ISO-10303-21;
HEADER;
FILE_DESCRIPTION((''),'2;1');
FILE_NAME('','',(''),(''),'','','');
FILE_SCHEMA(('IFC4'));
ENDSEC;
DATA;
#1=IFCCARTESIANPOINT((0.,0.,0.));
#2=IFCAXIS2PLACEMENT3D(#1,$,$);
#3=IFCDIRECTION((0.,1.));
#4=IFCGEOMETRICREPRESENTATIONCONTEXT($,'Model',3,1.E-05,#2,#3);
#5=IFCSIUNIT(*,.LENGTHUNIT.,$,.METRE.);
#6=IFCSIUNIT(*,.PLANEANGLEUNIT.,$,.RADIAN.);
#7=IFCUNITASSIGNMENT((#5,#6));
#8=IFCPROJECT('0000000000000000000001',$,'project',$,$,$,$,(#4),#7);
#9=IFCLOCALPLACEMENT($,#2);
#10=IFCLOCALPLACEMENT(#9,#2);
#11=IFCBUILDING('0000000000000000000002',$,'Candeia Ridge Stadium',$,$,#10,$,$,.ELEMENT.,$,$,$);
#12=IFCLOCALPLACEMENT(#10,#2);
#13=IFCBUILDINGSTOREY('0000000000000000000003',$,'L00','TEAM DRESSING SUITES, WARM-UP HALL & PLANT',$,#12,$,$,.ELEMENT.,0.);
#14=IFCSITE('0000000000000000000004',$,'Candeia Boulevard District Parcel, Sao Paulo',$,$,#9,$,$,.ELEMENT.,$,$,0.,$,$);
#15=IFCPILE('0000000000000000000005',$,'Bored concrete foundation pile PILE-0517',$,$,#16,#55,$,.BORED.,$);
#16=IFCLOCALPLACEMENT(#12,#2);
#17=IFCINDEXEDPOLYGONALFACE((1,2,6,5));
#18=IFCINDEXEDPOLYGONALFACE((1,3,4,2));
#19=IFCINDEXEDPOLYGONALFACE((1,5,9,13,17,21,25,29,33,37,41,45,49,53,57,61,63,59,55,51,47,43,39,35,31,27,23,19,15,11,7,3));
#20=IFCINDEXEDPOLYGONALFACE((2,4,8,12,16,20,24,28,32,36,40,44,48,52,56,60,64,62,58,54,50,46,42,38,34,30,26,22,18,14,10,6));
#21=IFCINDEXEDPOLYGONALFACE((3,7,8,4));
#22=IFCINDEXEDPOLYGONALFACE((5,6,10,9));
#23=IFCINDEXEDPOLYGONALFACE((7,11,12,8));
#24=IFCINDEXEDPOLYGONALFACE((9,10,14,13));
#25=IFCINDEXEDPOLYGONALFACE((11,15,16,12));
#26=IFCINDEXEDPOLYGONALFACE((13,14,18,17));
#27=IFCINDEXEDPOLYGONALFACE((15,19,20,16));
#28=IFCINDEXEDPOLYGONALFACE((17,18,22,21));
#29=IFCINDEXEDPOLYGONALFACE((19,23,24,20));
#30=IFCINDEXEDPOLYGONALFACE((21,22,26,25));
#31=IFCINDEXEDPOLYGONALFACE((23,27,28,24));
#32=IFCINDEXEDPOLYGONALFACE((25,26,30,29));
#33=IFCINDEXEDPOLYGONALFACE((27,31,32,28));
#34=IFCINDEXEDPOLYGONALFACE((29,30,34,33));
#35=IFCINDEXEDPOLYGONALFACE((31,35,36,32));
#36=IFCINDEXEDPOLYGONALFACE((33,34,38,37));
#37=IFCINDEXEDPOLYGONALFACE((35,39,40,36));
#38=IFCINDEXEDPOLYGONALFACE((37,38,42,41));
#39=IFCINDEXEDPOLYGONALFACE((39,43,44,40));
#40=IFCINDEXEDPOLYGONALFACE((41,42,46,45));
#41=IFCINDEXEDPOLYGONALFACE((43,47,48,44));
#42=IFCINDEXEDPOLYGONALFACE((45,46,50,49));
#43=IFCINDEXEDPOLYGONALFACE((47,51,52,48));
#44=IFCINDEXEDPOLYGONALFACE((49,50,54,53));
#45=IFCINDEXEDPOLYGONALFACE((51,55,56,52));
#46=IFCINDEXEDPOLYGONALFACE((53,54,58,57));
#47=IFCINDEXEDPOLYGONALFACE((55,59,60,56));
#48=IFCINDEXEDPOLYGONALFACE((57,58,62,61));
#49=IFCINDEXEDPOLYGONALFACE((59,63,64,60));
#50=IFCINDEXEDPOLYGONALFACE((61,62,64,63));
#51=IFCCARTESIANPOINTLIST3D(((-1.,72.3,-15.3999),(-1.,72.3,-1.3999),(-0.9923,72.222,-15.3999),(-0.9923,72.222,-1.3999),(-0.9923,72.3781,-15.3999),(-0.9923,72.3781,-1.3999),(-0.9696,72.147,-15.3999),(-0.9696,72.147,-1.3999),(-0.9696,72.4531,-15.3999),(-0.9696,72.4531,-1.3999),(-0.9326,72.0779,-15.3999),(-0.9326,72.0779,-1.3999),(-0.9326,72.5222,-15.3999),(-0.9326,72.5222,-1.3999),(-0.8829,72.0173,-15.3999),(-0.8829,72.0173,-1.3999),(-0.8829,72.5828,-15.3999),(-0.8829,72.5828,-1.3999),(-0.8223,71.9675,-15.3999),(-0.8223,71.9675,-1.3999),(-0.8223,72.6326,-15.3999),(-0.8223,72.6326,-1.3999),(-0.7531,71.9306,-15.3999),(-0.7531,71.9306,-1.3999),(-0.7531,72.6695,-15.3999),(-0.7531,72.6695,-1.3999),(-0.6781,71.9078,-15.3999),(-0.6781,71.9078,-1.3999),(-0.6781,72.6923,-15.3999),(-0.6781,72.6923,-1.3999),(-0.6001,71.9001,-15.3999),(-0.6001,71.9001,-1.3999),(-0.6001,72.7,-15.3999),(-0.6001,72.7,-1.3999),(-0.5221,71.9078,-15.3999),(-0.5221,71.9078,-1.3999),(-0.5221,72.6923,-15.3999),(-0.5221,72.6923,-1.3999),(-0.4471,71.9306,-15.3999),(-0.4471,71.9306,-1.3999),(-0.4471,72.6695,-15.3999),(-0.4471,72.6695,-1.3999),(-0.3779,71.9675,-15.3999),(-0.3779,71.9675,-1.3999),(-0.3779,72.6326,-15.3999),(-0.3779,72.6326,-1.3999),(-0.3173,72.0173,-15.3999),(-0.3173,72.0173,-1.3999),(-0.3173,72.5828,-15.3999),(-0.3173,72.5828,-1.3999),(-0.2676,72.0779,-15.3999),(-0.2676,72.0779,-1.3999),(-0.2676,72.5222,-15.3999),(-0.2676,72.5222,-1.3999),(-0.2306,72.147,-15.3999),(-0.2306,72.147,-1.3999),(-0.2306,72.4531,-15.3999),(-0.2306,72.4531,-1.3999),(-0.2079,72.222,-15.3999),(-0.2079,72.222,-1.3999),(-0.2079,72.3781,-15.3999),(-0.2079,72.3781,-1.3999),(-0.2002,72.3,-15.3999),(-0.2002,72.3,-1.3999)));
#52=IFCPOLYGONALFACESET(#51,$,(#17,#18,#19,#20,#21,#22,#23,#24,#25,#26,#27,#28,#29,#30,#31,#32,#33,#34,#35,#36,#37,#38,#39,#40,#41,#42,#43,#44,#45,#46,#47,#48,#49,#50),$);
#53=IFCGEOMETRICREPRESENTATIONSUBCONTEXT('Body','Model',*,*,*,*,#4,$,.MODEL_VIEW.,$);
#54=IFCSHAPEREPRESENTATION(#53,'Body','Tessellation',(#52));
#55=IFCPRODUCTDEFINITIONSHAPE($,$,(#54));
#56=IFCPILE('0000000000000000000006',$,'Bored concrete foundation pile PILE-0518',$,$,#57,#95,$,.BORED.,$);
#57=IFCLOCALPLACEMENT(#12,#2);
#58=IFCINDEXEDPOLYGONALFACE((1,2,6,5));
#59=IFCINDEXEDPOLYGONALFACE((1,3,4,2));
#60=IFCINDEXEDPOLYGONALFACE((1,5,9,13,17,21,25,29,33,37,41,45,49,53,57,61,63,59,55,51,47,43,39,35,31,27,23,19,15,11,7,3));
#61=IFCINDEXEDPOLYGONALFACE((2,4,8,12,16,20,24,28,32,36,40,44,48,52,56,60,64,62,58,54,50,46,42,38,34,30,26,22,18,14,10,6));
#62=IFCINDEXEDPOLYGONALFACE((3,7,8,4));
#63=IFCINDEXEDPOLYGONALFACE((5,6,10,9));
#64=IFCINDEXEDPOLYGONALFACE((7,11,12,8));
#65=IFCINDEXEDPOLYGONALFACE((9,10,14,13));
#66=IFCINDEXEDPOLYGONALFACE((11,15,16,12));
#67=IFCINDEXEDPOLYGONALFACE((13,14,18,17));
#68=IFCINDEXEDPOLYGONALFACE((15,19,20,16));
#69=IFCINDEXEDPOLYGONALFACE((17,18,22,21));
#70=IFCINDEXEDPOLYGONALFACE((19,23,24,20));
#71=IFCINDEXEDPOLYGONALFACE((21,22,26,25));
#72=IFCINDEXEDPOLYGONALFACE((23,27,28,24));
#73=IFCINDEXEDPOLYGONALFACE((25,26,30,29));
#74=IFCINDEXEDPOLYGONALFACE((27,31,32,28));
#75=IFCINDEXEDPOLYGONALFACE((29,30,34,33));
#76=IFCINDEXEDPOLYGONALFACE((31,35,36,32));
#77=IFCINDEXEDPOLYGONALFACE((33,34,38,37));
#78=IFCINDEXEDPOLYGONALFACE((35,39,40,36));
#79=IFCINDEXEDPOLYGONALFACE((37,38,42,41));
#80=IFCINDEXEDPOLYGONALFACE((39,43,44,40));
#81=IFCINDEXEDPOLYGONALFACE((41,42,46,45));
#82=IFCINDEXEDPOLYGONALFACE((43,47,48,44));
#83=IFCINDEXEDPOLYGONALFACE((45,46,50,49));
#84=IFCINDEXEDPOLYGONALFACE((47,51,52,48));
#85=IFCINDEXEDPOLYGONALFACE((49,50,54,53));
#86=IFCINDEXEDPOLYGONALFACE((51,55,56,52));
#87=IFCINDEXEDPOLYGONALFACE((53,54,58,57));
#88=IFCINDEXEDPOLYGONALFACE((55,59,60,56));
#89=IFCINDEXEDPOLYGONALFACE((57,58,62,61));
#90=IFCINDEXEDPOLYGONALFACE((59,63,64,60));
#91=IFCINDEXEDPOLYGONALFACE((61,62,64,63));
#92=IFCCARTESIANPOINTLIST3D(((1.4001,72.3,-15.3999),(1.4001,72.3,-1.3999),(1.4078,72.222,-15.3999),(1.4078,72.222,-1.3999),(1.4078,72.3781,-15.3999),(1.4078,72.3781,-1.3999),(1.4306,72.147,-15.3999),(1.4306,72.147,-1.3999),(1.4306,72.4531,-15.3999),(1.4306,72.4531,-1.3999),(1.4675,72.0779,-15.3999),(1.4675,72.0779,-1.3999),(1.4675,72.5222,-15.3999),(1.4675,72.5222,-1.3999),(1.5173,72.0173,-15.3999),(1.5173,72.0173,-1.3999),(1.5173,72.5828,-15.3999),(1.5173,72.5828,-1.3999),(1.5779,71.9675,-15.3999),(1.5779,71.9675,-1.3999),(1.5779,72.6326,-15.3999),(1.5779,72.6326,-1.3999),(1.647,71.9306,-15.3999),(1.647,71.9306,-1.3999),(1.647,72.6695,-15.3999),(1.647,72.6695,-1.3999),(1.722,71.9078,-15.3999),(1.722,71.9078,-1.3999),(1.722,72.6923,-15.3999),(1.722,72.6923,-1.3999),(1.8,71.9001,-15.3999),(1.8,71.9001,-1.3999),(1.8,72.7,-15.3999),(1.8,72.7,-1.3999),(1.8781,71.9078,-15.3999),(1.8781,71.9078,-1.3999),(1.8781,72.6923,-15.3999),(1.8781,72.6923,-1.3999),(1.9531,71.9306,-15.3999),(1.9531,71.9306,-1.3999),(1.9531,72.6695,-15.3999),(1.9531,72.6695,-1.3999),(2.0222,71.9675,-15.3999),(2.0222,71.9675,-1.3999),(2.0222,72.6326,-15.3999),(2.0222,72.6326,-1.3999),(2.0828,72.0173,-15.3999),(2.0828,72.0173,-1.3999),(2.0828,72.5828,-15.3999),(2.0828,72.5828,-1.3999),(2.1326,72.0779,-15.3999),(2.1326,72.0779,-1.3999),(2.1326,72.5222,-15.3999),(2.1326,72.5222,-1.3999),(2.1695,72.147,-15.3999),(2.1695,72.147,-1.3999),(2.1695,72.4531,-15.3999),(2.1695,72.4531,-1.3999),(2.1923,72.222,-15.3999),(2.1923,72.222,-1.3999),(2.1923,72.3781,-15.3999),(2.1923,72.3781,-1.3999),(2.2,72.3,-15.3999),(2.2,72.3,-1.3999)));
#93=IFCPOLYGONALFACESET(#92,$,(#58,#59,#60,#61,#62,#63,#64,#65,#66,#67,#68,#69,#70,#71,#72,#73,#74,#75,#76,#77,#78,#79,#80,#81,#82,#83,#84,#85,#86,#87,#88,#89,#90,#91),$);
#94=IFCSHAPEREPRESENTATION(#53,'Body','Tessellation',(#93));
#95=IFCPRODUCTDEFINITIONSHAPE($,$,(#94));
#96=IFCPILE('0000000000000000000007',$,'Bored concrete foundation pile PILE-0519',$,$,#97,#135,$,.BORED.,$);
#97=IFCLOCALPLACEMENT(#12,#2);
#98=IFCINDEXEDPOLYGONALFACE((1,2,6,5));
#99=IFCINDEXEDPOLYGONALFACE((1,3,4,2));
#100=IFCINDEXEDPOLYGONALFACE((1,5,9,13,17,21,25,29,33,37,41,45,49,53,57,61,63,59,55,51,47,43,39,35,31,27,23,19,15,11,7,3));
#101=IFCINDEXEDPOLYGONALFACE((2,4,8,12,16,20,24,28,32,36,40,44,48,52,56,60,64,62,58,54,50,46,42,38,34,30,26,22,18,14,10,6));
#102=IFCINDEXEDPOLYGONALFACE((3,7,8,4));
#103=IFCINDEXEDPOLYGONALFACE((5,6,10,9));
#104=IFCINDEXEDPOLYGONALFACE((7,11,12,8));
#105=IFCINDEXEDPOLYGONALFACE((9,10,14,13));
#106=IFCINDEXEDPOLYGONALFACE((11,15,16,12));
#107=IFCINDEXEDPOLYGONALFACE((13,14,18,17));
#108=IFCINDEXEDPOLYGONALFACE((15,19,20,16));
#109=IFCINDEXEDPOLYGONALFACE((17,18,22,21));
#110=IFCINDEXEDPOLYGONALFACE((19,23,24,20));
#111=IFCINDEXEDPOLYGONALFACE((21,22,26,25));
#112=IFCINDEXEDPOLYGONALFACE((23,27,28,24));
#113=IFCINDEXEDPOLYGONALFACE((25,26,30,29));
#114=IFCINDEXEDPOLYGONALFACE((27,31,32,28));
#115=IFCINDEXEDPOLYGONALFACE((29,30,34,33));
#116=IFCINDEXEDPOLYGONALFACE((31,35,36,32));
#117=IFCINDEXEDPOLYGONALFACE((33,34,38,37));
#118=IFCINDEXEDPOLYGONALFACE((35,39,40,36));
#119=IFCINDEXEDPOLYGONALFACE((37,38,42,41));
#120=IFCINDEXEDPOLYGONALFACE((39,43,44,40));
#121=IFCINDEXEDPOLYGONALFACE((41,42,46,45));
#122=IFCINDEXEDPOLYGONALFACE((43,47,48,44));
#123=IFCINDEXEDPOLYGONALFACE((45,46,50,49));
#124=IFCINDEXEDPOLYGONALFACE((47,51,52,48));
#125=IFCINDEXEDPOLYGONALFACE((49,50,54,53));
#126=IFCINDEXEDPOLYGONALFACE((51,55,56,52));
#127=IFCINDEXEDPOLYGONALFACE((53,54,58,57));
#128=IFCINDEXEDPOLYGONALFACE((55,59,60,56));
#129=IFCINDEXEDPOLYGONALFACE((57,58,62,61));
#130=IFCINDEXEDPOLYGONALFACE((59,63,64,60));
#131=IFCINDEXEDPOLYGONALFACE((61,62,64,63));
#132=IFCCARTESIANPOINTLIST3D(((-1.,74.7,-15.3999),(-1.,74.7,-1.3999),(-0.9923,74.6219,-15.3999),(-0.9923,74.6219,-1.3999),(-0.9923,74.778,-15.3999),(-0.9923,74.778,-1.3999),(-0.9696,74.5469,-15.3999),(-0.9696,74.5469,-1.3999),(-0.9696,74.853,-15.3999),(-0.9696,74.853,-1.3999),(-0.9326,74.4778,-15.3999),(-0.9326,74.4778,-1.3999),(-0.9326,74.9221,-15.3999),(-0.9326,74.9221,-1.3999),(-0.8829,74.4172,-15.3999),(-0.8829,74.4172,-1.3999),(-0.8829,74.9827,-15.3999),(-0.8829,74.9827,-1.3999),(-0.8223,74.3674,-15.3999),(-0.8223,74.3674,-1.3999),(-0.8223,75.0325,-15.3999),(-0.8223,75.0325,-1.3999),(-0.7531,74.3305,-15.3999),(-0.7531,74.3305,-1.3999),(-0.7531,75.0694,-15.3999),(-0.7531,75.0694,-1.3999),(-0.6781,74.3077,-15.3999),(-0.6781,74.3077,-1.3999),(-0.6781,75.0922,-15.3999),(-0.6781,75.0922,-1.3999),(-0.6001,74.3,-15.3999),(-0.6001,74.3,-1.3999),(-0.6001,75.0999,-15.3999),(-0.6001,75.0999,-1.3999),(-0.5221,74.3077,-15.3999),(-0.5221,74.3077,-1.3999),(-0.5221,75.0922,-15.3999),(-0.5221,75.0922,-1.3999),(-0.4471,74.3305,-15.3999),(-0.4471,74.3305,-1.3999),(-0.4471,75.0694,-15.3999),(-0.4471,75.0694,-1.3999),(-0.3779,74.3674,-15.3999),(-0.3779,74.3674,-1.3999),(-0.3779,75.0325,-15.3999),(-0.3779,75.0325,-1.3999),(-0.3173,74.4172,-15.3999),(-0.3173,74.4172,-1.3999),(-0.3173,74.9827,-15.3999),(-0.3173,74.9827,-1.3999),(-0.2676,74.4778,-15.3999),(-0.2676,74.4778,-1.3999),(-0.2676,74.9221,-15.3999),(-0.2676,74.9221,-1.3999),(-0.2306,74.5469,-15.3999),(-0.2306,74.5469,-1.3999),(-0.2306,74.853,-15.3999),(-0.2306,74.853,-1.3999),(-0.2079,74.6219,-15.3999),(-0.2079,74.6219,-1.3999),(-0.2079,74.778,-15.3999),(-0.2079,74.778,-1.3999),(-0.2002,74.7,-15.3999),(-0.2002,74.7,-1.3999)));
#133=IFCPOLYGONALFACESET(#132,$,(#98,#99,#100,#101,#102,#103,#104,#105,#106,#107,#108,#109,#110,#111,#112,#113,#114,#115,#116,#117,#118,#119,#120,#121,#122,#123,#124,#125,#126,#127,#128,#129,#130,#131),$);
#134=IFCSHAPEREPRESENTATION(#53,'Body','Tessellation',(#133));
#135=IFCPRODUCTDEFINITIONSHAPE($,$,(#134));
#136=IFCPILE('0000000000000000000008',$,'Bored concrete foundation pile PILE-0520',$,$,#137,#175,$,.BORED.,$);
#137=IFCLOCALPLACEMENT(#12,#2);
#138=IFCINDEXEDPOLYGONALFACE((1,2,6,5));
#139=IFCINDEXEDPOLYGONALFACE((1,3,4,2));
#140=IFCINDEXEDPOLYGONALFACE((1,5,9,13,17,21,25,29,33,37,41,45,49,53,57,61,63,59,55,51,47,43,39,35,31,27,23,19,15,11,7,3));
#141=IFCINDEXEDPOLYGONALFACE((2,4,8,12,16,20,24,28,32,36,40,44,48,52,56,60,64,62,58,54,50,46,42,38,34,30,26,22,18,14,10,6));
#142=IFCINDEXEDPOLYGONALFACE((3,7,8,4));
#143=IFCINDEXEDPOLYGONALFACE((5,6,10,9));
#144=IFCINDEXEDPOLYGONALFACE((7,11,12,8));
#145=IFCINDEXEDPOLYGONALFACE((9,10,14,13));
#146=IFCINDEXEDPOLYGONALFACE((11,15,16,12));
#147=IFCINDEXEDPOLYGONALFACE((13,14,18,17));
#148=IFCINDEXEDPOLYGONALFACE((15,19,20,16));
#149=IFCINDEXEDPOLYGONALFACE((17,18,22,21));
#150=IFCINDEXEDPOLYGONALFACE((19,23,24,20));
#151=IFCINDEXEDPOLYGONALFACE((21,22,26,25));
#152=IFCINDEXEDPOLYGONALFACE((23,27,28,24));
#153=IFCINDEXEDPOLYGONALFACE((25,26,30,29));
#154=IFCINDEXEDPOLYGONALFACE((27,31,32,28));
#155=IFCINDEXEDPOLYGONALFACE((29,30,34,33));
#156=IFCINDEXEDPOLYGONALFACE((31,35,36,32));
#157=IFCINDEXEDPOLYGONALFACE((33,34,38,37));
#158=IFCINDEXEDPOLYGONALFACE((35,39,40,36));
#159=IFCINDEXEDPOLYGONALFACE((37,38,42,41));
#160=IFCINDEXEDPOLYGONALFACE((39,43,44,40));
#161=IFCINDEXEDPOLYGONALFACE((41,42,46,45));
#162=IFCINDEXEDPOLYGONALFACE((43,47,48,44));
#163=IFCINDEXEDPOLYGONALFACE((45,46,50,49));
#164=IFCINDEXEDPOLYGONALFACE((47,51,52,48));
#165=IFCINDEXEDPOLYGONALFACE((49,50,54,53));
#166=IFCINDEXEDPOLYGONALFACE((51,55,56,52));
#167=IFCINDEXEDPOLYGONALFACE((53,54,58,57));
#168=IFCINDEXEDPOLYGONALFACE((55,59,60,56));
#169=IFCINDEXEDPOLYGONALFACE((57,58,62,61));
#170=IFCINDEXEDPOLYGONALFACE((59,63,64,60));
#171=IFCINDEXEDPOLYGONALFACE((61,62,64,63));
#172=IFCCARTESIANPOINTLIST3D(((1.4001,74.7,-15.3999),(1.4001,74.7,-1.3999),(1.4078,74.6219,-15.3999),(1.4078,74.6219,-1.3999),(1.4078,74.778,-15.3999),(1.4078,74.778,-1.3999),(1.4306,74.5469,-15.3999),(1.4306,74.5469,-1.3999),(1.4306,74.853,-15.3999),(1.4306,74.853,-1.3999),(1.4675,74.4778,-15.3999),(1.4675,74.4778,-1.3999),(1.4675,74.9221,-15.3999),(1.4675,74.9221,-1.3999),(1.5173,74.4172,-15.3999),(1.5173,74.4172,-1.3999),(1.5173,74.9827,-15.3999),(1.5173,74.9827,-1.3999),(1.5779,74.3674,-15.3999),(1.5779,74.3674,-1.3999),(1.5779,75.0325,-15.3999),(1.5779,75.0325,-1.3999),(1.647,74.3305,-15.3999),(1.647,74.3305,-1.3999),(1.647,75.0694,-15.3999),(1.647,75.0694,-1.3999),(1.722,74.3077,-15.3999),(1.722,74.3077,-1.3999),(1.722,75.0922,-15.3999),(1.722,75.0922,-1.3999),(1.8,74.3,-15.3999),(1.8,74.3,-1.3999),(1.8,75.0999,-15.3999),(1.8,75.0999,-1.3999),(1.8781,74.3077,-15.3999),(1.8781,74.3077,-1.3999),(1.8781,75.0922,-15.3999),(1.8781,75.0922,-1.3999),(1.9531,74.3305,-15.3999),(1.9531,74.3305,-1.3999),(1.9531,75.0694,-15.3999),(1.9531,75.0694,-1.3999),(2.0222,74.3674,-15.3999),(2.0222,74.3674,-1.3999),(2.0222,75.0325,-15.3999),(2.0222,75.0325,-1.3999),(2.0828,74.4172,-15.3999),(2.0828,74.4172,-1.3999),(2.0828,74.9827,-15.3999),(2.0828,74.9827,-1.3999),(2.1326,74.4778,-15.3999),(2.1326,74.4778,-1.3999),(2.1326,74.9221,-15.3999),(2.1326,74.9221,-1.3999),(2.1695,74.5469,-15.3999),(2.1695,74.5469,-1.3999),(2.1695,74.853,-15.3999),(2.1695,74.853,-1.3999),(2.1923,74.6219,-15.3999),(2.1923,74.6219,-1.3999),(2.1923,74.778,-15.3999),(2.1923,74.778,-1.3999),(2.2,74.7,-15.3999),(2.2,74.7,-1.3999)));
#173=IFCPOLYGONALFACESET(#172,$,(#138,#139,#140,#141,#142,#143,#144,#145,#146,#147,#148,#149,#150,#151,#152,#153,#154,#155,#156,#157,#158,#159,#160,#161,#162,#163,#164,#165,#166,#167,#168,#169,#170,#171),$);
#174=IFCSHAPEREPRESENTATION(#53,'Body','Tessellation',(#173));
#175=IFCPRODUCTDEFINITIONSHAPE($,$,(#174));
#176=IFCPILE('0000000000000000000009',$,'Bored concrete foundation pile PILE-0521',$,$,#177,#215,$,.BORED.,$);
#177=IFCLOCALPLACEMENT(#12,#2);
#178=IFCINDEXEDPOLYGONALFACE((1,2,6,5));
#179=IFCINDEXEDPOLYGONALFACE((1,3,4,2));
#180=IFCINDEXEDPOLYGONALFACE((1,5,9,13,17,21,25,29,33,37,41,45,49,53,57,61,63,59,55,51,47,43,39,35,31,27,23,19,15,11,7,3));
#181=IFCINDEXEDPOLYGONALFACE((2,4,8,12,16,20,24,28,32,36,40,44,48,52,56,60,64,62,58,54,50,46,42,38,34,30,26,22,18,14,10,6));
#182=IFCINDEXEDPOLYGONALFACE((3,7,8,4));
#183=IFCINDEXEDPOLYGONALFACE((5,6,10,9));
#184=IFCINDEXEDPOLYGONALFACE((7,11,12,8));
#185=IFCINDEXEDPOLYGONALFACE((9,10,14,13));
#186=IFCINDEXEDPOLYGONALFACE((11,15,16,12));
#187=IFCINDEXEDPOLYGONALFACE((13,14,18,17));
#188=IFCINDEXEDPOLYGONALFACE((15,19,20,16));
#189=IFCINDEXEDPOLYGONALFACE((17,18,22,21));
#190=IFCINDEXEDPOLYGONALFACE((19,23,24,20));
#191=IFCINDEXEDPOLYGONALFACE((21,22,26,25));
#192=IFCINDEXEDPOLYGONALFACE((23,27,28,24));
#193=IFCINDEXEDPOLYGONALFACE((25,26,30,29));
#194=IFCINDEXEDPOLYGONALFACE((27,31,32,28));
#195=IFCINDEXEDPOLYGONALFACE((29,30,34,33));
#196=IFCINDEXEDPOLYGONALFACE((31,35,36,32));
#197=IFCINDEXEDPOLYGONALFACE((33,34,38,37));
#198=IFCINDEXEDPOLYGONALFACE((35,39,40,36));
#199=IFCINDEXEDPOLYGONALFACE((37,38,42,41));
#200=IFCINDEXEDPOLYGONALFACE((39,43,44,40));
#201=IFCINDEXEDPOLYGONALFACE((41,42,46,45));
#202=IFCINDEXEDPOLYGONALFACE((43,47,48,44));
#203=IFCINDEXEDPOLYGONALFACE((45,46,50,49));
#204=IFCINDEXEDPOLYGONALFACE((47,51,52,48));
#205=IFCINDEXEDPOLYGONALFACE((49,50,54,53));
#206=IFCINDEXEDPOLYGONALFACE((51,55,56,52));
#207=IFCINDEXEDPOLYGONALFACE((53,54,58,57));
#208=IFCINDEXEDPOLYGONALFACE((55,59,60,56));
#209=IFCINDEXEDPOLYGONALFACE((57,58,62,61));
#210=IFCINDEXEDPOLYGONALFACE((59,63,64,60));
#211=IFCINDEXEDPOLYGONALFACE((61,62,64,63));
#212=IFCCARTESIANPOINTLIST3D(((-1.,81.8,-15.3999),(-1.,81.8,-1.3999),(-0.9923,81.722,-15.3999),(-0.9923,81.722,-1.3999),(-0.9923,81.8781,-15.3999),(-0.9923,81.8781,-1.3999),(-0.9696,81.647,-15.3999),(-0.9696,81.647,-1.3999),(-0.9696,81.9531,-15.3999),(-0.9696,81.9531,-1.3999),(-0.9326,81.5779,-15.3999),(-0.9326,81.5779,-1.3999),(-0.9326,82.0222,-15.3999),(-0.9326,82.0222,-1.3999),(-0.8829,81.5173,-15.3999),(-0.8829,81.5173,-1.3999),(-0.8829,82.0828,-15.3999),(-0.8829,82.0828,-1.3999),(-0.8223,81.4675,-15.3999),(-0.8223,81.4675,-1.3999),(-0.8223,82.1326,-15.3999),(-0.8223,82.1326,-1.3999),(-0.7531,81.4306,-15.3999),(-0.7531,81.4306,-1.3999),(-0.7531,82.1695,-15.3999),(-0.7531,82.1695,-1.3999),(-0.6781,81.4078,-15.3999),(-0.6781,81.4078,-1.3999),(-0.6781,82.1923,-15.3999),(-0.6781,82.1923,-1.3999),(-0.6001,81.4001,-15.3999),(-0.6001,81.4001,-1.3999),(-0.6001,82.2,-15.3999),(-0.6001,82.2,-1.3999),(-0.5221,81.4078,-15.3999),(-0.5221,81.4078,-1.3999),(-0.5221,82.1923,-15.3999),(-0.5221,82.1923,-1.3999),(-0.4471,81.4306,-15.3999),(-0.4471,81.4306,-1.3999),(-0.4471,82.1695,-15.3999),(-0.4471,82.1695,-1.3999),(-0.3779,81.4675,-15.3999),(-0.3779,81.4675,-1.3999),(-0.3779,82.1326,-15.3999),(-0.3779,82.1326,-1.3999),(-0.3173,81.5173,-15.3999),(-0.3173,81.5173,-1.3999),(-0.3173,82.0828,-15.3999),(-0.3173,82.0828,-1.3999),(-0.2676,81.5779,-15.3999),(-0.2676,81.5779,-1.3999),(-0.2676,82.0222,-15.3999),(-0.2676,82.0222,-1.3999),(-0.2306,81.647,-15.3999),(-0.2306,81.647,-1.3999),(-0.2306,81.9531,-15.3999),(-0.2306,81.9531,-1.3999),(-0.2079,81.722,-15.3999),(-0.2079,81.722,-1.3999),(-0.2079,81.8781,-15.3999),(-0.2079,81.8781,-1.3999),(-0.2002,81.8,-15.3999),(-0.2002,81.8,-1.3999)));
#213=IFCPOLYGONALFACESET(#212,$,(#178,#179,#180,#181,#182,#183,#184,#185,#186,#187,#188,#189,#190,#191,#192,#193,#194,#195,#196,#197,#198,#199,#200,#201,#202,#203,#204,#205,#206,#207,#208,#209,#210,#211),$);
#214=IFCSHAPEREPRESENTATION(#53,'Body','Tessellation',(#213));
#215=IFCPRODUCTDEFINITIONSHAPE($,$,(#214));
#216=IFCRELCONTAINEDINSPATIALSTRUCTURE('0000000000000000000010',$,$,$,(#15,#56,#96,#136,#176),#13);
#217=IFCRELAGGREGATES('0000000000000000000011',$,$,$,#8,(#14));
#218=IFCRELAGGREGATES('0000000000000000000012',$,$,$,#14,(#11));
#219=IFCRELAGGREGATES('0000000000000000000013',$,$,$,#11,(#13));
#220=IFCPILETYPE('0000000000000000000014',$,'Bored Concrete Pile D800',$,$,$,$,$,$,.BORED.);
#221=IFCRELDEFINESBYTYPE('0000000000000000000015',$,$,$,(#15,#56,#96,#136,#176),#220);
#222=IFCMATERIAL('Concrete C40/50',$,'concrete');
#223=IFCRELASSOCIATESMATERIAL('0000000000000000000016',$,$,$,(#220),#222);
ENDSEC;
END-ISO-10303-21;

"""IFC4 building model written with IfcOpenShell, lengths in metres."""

from ifc_helpers import new_model, si_unit, direction, frame, origin, origin_2d, place, context, subcontext, project, spatial, circle, extrude, material, material_profile, profile_set, type_object, element, save


model = new_model("IFC4")

# Units and contexts
model_context = context("Model", 3, precision=1e-05, world=origin(), true_north=direction((0.0, 1.0)))
body_context = subcontext(model_context, "Body", "Model", "MODEL_VIEW")
ifc_project = project(units=[si_unit("LENGTHUNIT", "METRE"), si_unit("PLANEANGLEUNIT", "RADIAN")], contexts=[model_context])

# Site, building, storey
site_placement = place(None, origin())
site = spatial("IfcSite", under=ifc_project, at=site_placement, Name="Candeia Boulevard District Parcel, Sao Paulo", CompositionType="ELEMENT", RefElevation=0.0)
building_placement = place(site_placement, origin())
building = spatial("IfcBuilding", under=site, at=building_placement, Name="Candeia Ridge Stadium", CompositionType="ELEMENT")
storey_placement = place(building_placement, origin())
storey = spatial("IfcBuildingStorey", under=building, at=storey_placement, Name="L00", Description="TEAM DRESSING SUITES, WARM-UP HALL & PLANT", CompositionType="ELEMENT", Elevation=0.0)

# Piles
ifc_material_1 = material(Name="Concrete C40/50", Category="concrete")
ifc_material_profile_1 = material_profile(ifc_material_1, circle(Radius=0.3999, at=origin_2d()), Name="PILE-D800", Category="concrete")
ifc_profile_set_1 = profile_set([ifc_material_profile_1], Name="Concrete C40/50")
pile_type = type_object("IfcPileType", Name="Bored Concrete Pile D800", PredefinedType="BORED", material=ifc_profile_set_1)
for number, where, z_axis, x_axis, name in (
    (1, (-0.6001, 72.3, -1.3999), (0.0, 0.0, -1.0), (1.0, 0.0, 0.0), "Bored concrete foundation pile PILE-0517"),
    (2, (1.8, 72.3, -1.3999), (0.0, 0.0, -1.0), (1.0, 0.0, 0.0), "Bored concrete foundation pile PILE-0518"),
    (3, (-0.6001, 74.7, -1.3999), (0.0, 0.0, -1.0), (1.0, 0.0, 0.0), "Bored concrete foundation pile PILE-0519"),
    (4, (1.8, 74.7, -1.3999), (0.0, 0.0, -1.0), (1.0, 0.0, 0.0), "Bored concrete foundation pile PILE-0520"),
    (5, (-0.6001, 81.8, -1.3999), (0.0, 0.0, -1.0), (1.0, 0.0, 0.0), "Bored concrete foundation pile PILE-0521"),
):
    element("IfcPile", number, at=place(storey_placement, frame(where, z_axis=z_axis, x_axis=x_axis)), inside=storey, type_object=pile_type, Name=name, PredefinedType="BORED", context=body_context, shape_type="SweptSolid", body=[
        extrude(circle(Radius=0.3999, at=origin_2d()), origin(), (0.0, 0.0, 1.0), 14.0),
    ])

save(model, "model.ifc")
